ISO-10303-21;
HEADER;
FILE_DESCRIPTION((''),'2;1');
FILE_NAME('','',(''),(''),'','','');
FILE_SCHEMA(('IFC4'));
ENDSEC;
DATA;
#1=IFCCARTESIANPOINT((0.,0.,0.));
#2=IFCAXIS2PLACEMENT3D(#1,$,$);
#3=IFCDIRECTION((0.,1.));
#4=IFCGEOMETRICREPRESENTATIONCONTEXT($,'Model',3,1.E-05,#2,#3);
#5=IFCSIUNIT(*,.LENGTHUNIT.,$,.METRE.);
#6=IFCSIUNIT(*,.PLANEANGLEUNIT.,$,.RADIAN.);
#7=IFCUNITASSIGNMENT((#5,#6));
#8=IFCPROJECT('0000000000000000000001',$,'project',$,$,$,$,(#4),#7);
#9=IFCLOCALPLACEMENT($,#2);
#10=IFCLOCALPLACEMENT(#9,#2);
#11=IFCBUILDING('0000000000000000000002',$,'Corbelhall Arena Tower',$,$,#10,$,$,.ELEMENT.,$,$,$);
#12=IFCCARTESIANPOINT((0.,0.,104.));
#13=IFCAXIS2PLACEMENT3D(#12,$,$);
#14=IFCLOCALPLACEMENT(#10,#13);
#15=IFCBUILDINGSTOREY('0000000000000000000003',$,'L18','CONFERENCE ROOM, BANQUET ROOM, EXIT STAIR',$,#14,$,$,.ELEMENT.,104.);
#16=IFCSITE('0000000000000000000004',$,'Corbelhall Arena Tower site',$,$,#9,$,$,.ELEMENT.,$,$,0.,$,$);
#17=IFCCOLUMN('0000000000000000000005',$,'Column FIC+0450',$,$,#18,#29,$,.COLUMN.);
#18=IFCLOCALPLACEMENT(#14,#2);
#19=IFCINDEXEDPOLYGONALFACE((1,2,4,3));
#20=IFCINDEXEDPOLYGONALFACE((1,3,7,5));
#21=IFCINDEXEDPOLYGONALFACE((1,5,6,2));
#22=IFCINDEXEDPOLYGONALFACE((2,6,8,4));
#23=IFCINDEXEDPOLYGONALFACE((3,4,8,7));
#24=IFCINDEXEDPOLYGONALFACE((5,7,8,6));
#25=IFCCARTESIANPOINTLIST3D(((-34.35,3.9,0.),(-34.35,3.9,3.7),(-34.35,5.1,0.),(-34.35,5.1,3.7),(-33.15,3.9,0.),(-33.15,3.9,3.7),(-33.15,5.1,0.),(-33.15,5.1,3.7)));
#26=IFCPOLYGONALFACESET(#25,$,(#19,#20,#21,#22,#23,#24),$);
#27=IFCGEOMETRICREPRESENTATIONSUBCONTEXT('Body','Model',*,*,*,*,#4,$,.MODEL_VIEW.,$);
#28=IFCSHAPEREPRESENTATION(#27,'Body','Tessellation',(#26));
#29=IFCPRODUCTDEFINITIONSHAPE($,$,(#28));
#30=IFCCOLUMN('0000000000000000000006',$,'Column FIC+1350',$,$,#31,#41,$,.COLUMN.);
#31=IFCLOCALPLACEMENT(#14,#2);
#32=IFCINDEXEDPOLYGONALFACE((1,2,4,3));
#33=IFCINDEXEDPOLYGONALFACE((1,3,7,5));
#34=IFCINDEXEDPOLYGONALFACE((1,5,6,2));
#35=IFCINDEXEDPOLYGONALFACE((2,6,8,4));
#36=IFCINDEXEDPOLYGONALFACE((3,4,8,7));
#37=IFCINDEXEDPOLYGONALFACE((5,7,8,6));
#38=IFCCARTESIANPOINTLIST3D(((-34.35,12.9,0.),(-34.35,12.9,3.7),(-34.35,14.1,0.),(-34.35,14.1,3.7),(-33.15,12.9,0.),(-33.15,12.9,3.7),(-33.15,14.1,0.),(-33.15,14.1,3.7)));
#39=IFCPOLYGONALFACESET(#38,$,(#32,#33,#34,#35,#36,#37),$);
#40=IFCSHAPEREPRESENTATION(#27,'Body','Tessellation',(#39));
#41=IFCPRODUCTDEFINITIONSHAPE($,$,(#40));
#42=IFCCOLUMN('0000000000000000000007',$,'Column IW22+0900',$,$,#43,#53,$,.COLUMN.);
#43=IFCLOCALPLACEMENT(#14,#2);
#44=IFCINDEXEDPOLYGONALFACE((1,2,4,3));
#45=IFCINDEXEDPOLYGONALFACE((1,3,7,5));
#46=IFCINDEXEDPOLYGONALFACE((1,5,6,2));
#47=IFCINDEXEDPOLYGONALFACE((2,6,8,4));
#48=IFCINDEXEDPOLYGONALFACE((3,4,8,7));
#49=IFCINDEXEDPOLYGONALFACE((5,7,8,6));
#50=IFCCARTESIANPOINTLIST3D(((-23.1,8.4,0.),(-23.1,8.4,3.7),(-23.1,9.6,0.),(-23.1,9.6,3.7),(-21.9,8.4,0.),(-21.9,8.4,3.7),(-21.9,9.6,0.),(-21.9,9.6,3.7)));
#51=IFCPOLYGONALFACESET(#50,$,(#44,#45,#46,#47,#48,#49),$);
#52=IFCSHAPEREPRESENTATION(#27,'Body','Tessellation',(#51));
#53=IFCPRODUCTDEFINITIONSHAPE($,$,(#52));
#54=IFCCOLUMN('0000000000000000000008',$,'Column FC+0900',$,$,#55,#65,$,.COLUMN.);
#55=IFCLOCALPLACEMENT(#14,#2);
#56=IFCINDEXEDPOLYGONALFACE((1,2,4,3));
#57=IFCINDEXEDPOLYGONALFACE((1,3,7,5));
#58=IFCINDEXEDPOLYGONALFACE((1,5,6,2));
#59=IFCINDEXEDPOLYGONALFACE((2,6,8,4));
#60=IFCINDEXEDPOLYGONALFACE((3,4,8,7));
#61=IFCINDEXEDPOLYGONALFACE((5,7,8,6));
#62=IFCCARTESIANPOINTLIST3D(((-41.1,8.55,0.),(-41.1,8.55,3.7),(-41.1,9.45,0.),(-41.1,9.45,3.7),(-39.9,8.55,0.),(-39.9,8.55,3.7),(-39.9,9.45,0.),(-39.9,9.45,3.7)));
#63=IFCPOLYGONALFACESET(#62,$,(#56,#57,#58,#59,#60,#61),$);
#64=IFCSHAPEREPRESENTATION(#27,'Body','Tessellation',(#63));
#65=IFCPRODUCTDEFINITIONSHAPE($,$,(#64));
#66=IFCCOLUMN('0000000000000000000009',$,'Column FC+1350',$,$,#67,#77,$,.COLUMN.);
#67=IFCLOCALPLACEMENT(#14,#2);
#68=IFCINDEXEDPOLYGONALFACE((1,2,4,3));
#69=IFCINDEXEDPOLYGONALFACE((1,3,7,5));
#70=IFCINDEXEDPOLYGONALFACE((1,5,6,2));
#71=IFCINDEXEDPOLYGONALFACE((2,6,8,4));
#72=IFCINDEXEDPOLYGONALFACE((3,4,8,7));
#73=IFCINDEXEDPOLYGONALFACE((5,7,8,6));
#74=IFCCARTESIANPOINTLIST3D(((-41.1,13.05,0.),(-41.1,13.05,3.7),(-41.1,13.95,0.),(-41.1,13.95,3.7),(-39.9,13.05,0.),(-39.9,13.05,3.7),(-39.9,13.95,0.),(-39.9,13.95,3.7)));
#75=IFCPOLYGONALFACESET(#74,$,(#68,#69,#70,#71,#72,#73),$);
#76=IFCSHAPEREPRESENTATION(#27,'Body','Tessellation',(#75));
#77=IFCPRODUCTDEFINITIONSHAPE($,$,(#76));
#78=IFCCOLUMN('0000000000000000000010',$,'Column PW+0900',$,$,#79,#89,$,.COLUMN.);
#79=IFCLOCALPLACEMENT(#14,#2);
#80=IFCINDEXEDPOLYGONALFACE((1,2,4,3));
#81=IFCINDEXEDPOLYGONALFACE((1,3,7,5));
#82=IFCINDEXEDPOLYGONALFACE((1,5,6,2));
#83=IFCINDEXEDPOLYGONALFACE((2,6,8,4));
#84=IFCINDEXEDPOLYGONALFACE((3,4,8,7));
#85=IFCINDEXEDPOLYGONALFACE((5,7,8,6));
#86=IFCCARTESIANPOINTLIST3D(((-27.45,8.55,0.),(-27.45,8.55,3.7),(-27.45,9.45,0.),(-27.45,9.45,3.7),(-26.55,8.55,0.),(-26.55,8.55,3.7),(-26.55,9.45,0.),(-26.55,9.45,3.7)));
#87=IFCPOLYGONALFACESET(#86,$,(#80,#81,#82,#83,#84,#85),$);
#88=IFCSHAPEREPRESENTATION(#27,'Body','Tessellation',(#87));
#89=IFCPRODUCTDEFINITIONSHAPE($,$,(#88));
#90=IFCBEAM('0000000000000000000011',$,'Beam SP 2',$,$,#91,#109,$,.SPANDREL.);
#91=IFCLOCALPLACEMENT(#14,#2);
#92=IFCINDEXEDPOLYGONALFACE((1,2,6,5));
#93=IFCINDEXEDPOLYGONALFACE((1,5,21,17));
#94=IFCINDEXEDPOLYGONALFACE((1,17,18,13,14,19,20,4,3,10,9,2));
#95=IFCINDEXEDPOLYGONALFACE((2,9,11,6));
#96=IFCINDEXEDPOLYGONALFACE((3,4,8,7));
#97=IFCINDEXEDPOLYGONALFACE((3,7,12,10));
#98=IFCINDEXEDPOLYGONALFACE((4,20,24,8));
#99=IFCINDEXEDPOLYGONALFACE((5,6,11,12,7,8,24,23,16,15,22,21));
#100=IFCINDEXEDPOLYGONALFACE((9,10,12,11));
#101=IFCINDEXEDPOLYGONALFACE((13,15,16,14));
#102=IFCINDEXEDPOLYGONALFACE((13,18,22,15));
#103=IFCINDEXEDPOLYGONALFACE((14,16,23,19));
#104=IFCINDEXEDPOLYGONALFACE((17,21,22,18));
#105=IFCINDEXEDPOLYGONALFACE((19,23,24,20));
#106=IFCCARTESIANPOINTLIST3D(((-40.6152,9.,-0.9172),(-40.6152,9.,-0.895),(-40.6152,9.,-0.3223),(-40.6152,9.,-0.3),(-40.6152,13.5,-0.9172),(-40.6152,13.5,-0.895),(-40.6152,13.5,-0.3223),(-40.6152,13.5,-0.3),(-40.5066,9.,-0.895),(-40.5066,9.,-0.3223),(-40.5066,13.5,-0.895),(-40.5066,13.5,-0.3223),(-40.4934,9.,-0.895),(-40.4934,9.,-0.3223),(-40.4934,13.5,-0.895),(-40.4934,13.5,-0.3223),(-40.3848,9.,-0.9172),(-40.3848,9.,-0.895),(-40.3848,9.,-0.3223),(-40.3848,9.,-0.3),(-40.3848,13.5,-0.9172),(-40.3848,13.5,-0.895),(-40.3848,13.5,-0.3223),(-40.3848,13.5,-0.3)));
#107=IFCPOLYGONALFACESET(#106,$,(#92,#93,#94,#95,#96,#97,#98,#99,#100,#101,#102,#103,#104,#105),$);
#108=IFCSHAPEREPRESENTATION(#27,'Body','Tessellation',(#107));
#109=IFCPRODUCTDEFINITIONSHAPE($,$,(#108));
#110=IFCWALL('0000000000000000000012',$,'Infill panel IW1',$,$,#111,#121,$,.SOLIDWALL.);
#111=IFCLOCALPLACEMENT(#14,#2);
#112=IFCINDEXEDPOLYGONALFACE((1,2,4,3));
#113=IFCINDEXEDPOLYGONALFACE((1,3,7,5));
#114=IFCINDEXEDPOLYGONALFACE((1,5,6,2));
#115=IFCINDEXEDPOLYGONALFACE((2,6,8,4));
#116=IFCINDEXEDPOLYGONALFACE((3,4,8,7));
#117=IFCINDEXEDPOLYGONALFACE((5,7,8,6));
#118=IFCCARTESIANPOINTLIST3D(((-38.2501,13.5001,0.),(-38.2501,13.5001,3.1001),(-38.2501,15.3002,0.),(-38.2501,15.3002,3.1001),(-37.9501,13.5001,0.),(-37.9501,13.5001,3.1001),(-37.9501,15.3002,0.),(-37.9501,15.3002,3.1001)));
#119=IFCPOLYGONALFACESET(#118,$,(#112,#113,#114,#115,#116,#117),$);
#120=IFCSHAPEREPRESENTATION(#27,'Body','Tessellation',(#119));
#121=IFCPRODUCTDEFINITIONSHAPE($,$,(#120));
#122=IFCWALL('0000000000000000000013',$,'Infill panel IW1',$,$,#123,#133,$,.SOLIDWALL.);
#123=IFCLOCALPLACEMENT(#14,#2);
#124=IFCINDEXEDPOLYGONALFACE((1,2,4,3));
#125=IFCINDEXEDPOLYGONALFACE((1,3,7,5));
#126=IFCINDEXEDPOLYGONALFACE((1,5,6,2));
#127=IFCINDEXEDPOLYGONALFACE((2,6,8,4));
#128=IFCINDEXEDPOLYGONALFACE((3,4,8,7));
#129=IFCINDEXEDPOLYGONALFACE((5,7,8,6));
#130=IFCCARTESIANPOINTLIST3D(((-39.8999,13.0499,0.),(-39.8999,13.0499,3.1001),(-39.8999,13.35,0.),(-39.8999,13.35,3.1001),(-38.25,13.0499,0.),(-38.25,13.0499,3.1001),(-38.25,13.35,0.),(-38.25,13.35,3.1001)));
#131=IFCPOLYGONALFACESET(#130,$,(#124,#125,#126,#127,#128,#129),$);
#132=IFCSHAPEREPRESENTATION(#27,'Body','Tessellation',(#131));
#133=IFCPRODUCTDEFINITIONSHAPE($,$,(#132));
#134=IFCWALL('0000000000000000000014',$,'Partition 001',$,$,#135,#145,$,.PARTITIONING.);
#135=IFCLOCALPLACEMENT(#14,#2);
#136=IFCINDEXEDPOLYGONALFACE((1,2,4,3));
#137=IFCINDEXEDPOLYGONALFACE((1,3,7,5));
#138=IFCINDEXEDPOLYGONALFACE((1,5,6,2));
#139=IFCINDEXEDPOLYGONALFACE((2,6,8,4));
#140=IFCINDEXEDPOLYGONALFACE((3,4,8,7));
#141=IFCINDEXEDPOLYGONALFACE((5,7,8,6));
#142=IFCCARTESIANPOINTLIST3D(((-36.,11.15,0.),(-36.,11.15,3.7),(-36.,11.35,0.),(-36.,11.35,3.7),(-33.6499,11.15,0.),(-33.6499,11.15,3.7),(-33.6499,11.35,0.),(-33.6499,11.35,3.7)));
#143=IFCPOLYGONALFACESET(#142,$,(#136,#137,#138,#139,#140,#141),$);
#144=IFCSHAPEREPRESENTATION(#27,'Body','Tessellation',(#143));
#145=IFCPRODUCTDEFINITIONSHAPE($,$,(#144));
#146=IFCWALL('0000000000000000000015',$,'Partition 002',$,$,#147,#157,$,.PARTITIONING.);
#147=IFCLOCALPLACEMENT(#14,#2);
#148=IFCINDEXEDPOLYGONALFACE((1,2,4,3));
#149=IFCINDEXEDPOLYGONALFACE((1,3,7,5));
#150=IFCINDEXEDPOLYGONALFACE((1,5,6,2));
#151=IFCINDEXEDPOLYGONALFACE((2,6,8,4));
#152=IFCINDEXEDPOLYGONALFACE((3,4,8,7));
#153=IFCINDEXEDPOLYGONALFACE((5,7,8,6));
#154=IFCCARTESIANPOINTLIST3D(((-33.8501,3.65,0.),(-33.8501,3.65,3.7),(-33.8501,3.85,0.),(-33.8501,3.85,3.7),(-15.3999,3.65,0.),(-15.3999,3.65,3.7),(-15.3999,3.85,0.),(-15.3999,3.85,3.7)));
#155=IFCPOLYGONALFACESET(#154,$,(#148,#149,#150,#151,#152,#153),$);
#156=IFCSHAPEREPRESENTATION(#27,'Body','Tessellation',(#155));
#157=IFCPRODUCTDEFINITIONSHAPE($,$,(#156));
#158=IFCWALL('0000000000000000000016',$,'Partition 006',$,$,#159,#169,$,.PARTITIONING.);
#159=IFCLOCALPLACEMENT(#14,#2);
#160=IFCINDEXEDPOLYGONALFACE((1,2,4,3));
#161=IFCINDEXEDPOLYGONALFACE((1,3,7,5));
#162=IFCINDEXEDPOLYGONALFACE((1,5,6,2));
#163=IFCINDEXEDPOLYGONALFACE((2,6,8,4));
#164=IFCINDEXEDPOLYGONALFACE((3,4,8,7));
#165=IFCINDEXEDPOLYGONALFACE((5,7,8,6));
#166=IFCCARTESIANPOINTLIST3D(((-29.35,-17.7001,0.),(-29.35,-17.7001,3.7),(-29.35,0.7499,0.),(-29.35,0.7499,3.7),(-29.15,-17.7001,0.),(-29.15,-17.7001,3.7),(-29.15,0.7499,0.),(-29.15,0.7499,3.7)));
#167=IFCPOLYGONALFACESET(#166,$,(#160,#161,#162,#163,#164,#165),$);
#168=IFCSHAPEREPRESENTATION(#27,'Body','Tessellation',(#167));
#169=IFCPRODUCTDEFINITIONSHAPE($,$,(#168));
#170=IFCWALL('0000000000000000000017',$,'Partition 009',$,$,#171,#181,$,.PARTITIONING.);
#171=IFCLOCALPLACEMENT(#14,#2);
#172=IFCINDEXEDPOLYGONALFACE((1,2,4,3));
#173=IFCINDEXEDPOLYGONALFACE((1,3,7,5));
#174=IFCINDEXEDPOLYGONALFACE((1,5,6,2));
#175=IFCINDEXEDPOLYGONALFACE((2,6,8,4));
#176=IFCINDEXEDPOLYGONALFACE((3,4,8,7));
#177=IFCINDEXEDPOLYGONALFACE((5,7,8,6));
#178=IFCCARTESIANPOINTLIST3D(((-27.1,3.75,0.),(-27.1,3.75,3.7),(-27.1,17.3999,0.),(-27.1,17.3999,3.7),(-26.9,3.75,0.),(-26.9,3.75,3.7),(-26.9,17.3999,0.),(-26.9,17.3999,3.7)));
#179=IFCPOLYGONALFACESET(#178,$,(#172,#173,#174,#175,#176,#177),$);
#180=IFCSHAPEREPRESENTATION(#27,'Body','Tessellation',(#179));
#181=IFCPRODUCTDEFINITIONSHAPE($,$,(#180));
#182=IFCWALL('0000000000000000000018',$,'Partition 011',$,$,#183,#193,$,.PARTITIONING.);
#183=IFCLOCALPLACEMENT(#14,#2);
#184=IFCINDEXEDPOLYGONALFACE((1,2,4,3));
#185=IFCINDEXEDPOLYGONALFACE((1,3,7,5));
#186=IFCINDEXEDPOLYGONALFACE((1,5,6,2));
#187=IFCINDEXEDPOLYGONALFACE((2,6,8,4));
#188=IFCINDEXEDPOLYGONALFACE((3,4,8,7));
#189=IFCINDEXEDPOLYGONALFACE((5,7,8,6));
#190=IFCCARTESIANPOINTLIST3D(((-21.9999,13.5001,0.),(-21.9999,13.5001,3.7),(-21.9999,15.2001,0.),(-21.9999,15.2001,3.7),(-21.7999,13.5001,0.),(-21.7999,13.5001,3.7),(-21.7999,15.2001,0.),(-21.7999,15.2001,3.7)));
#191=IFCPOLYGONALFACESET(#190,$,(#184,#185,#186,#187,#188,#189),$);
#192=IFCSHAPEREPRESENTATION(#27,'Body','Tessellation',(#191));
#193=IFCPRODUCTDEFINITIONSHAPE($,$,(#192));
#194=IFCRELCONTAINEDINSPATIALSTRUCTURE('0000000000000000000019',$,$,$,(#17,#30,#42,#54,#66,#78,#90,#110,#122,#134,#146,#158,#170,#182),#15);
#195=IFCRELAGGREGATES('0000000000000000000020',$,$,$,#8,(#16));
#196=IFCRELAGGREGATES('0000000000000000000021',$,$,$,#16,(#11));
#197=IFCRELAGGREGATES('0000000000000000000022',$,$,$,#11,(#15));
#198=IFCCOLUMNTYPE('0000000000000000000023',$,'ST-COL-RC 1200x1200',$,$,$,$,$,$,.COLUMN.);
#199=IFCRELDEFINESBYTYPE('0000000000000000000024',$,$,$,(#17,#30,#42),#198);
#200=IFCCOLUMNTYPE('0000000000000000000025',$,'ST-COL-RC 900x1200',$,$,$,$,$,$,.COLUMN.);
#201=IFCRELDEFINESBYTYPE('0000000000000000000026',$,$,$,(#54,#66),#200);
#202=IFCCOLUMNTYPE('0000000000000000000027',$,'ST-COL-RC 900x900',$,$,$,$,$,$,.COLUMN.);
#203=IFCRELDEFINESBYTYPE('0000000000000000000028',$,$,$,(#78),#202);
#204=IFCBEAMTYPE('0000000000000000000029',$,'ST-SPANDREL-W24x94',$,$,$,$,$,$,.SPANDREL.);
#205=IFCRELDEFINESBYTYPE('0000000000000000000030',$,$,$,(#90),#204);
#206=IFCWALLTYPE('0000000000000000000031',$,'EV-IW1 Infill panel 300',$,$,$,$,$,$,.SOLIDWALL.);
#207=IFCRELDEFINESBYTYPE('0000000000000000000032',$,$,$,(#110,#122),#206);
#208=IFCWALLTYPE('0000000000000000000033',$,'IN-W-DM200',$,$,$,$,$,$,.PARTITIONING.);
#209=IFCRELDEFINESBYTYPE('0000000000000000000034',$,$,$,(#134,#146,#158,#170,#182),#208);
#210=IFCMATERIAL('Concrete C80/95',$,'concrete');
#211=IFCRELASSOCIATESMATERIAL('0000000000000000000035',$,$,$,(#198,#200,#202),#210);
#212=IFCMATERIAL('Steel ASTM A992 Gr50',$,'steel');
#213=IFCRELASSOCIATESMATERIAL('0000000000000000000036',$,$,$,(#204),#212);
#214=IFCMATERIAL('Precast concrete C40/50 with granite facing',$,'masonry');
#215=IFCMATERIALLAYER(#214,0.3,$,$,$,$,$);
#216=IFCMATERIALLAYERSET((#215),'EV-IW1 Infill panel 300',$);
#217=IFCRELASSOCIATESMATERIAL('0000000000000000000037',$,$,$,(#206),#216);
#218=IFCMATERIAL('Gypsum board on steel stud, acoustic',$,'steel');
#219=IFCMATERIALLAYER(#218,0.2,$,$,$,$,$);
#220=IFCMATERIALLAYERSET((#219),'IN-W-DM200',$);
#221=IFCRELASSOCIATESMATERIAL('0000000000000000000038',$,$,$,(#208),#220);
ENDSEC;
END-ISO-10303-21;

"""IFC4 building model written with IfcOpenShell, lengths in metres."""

from ifc_helpers import new_model, si_unit, direction, frame, frame_2d, origin, origin_2d, place, context, subcontext, project, spatial, rectangle, i_section, extrude, material, layer, layer_set, material_profile, profile_set, type_object, element, save


model = new_model("IFC4")

# Units and contexts
model_context = context("Model", 3, precision=1e-05, world=origin(), true_north=direction((0.0, 1.0)))
body_context = subcontext(model_context, "Body", "Model", "MODEL_VIEW")
ifc_project = project(units=[si_unit("LENGTHUNIT", "METRE"), si_unit("PLANEANGLEUNIT", "RADIAN")], contexts=[model_context])

# Site, building, storey
site_placement = place(None, origin())
site = spatial("IfcSite", under=ifc_project, at=site_placement, Name="Corbelhall Arena Tower site", CompositionType="ELEMENT", RefElevation=0.0)
building_placement = place(site_placement, origin())
building = spatial("IfcBuilding", under=site, at=building_placement, Name="Corbelhall Arena Tower", CompositionType="ELEMENT")
storey_placement = place(building_placement, frame((0.0, 0.0, 104.0)))
storey = spatial("IfcBuildingStorey", under=building, at=storey_placement, Name="L18", Description="CONFERENCE ROOM, BANQUET ROOM, EXIT STAIR", CompositionType="ELEMENT", Elevation=104.0)

# Columns
ifc_material_1 = material(Name="Concrete C80/95", Category="concrete")
ifc_material_profile_1 = material_profile(ifc_material_1, rectangle(XDim=1.2, YDim=1.2, at=origin_2d()))
ifc_profile_set_1 = profile_set([ifc_material_profile_1], Name="Concrete C80/95")
column_type_1 = type_object("IfcColumnType", Name="ST-COL-RC 1200x1200", PredefinedType="COLUMN", material=ifc_profile_set_1)
for number, where, z_axis, x_axis, name in (
    (1, (-33.75, 4.5, 0.0), (0.0, 0.0, 1.0), (1.0, 0.0, 0.0), "Column FIC+0450"),
    (2, (-33.75, 13.5, 0.0), (0.0, 0.0, 1.0), (1.0, 0.0, 0.0), "Column FIC+1350"),
    (3, (-22.5, 9.0, 0.0), (0.0, 0.0, 1.0), (1.0, 0.0, 0.0), "Column IW22+0900"),
):
    element("IfcColumn", number, at=place(storey_placement, frame(where, z_axis=z_axis, x_axis=x_axis)), inside=storey, type_object=column_type_1, Name=name, PredefinedType="COLUMN", context=body_context, shape_type="SweptSolid", body=[
        extrude(rectangle(XDim=1.2, YDim=1.2, at=origin_2d()), origin(), (0.0, 0.0, 1.0), 3.7),
    ])
ifc_material_profile_2 = material_profile(ifc_material_1, rectangle(XDim=0.8999, YDim=1.2, at=origin_2d()))
ifc_profile_set_2 = profile_set([ifc_material_profile_2], Name="Concrete C80/95")
column_type_2 = type_object("IfcColumnType", Name="ST-COL-RC 900x1200", PredefinedType="COLUMN", material=ifc_profile_set_2)
for number, where, z_axis, x_axis, name in (
    (4, (-40.5, 9.0, 0.0), (0.0, 0.0, 1.0), (0.0, 1.0, 0.0), "Column FC+0900"),
    (5, (-40.5, 13.5, 0.0), (0.0, 0.0, 1.0), (0.0, 1.0, 0.0), "Column FC+1350"),
):
    element("IfcColumn", number, at=place(storey_placement, frame(where, z_axis=z_axis, x_axis=x_axis)), inside=storey, type_object=column_type_2, Name=name, PredefinedType="COLUMN", context=body_context, shape_type="SweptSolid", body=[
        extrude(rectangle(XDim=0.8999, YDim=1.2, at=origin_2d()), origin(), (0.0, 0.0, 1.0), 3.7),
    ])
ifc_material_profile_3 = material_profile(ifc_material_1, rectangle(XDim=0.8999, YDim=0.8999, at=origin_2d()))
ifc_profile_set_3 = profile_set([ifc_material_profile_3], Name="Concrete C80/95")
column_type_3 = type_object("IfcColumnType", Name="ST-COL-RC 900x900", PredefinedType="COLUMN", material=ifc_profile_set_3)
column_placement = place(storey_placement, frame((-27.0, 9.0, 0.0), z_axis=(0.0, 0.0, 1.0), x_axis=(1.0, 0.0, 0.0)))
element("IfcColumn", 6, at=column_placement, inside=storey, type_object=column_type_3, Name="Column PW+0900", PredefinedType="COLUMN", context=body_context, shape_type="SweptSolid", body=[
    extrude(rectangle(XDim=0.8999, YDim=0.8999, at=origin_2d()), origin(), (0.0, 0.0, 1.0), 3.7),
])

# Beam
ifc_material_2 = material(Name="Steel ASTM A992 Gr50", Category="steel")
ifc_material_profile_4 = material_profile(ifc_material_2, i_section(OverallWidth=0.2305, OverallDepth=0.6172, WebThickness=0.0132, FlangeThickness=0.0222, at=origin_2d()))
ifc_profile_set_4 = profile_set([ifc_material_profile_4], Name="Steel ASTM A992 Gr50")
beam_type = type_object("IfcBeamType", Name="ST-SPANDREL-W24x94", PredefinedType="SPANDREL", material=ifc_profile_set_4)
beam_placement = place(storey_placement, frame((-40.5, 9.0, -0.6086), z_axis=(0.0, 1.0, 0.0), x_axis=(-1.0, 0.0, 0.0)))
element("IfcBeam", 7, at=beam_placement, inside=storey, type_object=beam_type, Name="Beam SP 2", PredefinedType="SPANDREL", context=body_context, shape_type="SweptSolid", body=[
    extrude(i_section(OverallWidth=0.2305, OverallDepth=0.6172, WebThickness=0.0132, FlangeThickness=0.0222, at=origin_2d()), origin(), (0.0, 0.0, 1.0), 4.5),
])

# Walls
ifc_material_3 = material(Name="Precast concrete C40/50 with granite facing", Category="masonry")
ifc_layer_1 = layer(ifc_material_3, 0.3)
ifc_layer_set_1 = layer_set([ifc_layer_1], Name="EV-IW1 Infill panel 300")
wall_type_1 = type_object("IfcWallType", Name="EV-IW1 Infill panel 300", PredefinedType="SOLIDWALL", material=ifc_layer_set_1)
wall_1_placement = place(storey_placement, frame((-38.1001, 15.3, 0.0), z_axis=(0.0, 0.0, 1.0), x_axis=(0.0, -1.0, 0.0)))
element("IfcWall", 8, at=wall_1_placement, inside=storey, type_object=wall_type_1, Name="Infill panel IW1", PredefinedType="SOLIDWALL", context=body_context, shape_type="SweptSolid", body=[
    extrude(rectangle(XDim=1.8, YDim=0.3, at=frame_2d((0.8999, 0.0))), origin(), (0.0, 0.0, 1.0), 3.1001),
])
wall_2_placement = place(storey_placement, frame((-39.8999, 13.2, 0.0), z_axis=(0.0, 0.0, 1.0), x_axis=(1.0, 0.0, 0.0)))
element("IfcWall", 9, at=wall_2_placement, inside=storey, type_object=wall_type_1, Name="Infill panel IW1", PredefinedType="SOLIDWALL", context=body_context, shape_type="SweptSolid", body=[
    extrude(rectangle(XDim=1.6499, YDim=0.3, at=frame_2d((0.825, 0.0))), origin(), (0.0, 0.0, 1.0), 3.1001),
])

# Walls
ifc_material_4 = material(Name="Gypsum board on steel stud, acoustic", Category="steel")
ifc_layer_2 = layer(ifc_material_4, 0.2)
ifc_layer_set_2 = layer_set([ifc_layer_2], Name="IN-W-DM200")
wall_type_2 = type_object("IfcWallType", Name="IN-W-DM200", PredefinedType="PARTITIONING", material=ifc_layer_set_2)
wall_3_placement = place(storey_placement, frame((-36.0, 11.25, 0.0), z_axis=(0.0, 0.0, 1.0), x_axis=(1.0, 0.0, 0.0)))
element("IfcWall", 10, at=wall_3_placement, inside=storey, type_object=wall_type_2, Name="Partition 001", PredefinedType="PARTITIONING", context=body_context, shape_type="SweptSolid", body=[
    extrude(rectangle(XDim=2.3501, YDim=0.2, at=frame_2d((1.175, 0.0))), origin(), (0.0, 0.0, 1.0), 3.7),
])
wall_4_placement = place(storey_placement, frame((-33.8501, 3.75, 0.0), z_axis=(0.0, 0.0, 1.0), x_axis=(1.0, 0.0, 0.0)))
element("IfcWall", 11, at=wall_4_placement, inside=storey, type_object=wall_type_2, Name="Partition 002", PredefinedType="PARTITIONING", context=body_context, shape_type="SweptSolid", body=[
    extrude(rectangle(XDim=18.4502, YDim=0.2, at=frame_2d((9.2251, 0.0))), origin(), (0.0, 0.0, 1.0), 3.7),
])

# Walls
wall_5_placement = place(storey_placement, frame((-29.25, 0.75, 0.0), z_axis=(0.0, 0.0, 1.0), x_axis=(0.0, -1.0, 0.0)))
element("IfcWall", 12, at=wall_5_placement, inside=storey, type_object=wall_type_2, Name="Partition 006", PredefinedType="PARTITIONING", context=body_context, shape_type="SweptSolid", body=[
    extrude(rectangle(XDim=18.45, YDim=0.2, at=frame_2d((9.2251, 0.0))), origin(), (0.0, 0.0, 1.0), 3.7),
])
wall_6_placement = place(storey_placement, frame((-27.0, 3.75, 0.0), z_axis=(0.0, 0.0, 1.0), x_axis=(0.0, 1.0, 0.0)))
element("IfcWall", 13, at=wall_6_placement, inside=storey, type_object=wall_type_2, Name="Partition 009", PredefinedType="PARTITIONING", context=body_context, shape_type="SweptSolid", body=[
    extrude(rectangle(XDim=13.6499, YDim=0.2, at=frame_2d((6.825, 0.0))), origin(), (0.0, 0.0, 1.0), 3.7),
])
wall_7_placement = place(storey_placement, frame((-21.8999, 13.5, 0.0), z_axis=(0.0, 0.0, 1.0), x_axis=(0.0, 1.0, 0.0)))
element("IfcWall", 14, at=wall_7_placement, inside=storey, type_object=wall_type_2, Name="Partition 011", PredefinedType="PARTITIONING", context=body_context, shape_type="SweptSolid", body=[
    extrude(rectangle(XDim=1.7, YDim=0.2, at=frame_2d((0.8501, 0.0))), origin(), (0.0, 0.0, 1.0), 3.7),
])

save(model, "model.ifc")
